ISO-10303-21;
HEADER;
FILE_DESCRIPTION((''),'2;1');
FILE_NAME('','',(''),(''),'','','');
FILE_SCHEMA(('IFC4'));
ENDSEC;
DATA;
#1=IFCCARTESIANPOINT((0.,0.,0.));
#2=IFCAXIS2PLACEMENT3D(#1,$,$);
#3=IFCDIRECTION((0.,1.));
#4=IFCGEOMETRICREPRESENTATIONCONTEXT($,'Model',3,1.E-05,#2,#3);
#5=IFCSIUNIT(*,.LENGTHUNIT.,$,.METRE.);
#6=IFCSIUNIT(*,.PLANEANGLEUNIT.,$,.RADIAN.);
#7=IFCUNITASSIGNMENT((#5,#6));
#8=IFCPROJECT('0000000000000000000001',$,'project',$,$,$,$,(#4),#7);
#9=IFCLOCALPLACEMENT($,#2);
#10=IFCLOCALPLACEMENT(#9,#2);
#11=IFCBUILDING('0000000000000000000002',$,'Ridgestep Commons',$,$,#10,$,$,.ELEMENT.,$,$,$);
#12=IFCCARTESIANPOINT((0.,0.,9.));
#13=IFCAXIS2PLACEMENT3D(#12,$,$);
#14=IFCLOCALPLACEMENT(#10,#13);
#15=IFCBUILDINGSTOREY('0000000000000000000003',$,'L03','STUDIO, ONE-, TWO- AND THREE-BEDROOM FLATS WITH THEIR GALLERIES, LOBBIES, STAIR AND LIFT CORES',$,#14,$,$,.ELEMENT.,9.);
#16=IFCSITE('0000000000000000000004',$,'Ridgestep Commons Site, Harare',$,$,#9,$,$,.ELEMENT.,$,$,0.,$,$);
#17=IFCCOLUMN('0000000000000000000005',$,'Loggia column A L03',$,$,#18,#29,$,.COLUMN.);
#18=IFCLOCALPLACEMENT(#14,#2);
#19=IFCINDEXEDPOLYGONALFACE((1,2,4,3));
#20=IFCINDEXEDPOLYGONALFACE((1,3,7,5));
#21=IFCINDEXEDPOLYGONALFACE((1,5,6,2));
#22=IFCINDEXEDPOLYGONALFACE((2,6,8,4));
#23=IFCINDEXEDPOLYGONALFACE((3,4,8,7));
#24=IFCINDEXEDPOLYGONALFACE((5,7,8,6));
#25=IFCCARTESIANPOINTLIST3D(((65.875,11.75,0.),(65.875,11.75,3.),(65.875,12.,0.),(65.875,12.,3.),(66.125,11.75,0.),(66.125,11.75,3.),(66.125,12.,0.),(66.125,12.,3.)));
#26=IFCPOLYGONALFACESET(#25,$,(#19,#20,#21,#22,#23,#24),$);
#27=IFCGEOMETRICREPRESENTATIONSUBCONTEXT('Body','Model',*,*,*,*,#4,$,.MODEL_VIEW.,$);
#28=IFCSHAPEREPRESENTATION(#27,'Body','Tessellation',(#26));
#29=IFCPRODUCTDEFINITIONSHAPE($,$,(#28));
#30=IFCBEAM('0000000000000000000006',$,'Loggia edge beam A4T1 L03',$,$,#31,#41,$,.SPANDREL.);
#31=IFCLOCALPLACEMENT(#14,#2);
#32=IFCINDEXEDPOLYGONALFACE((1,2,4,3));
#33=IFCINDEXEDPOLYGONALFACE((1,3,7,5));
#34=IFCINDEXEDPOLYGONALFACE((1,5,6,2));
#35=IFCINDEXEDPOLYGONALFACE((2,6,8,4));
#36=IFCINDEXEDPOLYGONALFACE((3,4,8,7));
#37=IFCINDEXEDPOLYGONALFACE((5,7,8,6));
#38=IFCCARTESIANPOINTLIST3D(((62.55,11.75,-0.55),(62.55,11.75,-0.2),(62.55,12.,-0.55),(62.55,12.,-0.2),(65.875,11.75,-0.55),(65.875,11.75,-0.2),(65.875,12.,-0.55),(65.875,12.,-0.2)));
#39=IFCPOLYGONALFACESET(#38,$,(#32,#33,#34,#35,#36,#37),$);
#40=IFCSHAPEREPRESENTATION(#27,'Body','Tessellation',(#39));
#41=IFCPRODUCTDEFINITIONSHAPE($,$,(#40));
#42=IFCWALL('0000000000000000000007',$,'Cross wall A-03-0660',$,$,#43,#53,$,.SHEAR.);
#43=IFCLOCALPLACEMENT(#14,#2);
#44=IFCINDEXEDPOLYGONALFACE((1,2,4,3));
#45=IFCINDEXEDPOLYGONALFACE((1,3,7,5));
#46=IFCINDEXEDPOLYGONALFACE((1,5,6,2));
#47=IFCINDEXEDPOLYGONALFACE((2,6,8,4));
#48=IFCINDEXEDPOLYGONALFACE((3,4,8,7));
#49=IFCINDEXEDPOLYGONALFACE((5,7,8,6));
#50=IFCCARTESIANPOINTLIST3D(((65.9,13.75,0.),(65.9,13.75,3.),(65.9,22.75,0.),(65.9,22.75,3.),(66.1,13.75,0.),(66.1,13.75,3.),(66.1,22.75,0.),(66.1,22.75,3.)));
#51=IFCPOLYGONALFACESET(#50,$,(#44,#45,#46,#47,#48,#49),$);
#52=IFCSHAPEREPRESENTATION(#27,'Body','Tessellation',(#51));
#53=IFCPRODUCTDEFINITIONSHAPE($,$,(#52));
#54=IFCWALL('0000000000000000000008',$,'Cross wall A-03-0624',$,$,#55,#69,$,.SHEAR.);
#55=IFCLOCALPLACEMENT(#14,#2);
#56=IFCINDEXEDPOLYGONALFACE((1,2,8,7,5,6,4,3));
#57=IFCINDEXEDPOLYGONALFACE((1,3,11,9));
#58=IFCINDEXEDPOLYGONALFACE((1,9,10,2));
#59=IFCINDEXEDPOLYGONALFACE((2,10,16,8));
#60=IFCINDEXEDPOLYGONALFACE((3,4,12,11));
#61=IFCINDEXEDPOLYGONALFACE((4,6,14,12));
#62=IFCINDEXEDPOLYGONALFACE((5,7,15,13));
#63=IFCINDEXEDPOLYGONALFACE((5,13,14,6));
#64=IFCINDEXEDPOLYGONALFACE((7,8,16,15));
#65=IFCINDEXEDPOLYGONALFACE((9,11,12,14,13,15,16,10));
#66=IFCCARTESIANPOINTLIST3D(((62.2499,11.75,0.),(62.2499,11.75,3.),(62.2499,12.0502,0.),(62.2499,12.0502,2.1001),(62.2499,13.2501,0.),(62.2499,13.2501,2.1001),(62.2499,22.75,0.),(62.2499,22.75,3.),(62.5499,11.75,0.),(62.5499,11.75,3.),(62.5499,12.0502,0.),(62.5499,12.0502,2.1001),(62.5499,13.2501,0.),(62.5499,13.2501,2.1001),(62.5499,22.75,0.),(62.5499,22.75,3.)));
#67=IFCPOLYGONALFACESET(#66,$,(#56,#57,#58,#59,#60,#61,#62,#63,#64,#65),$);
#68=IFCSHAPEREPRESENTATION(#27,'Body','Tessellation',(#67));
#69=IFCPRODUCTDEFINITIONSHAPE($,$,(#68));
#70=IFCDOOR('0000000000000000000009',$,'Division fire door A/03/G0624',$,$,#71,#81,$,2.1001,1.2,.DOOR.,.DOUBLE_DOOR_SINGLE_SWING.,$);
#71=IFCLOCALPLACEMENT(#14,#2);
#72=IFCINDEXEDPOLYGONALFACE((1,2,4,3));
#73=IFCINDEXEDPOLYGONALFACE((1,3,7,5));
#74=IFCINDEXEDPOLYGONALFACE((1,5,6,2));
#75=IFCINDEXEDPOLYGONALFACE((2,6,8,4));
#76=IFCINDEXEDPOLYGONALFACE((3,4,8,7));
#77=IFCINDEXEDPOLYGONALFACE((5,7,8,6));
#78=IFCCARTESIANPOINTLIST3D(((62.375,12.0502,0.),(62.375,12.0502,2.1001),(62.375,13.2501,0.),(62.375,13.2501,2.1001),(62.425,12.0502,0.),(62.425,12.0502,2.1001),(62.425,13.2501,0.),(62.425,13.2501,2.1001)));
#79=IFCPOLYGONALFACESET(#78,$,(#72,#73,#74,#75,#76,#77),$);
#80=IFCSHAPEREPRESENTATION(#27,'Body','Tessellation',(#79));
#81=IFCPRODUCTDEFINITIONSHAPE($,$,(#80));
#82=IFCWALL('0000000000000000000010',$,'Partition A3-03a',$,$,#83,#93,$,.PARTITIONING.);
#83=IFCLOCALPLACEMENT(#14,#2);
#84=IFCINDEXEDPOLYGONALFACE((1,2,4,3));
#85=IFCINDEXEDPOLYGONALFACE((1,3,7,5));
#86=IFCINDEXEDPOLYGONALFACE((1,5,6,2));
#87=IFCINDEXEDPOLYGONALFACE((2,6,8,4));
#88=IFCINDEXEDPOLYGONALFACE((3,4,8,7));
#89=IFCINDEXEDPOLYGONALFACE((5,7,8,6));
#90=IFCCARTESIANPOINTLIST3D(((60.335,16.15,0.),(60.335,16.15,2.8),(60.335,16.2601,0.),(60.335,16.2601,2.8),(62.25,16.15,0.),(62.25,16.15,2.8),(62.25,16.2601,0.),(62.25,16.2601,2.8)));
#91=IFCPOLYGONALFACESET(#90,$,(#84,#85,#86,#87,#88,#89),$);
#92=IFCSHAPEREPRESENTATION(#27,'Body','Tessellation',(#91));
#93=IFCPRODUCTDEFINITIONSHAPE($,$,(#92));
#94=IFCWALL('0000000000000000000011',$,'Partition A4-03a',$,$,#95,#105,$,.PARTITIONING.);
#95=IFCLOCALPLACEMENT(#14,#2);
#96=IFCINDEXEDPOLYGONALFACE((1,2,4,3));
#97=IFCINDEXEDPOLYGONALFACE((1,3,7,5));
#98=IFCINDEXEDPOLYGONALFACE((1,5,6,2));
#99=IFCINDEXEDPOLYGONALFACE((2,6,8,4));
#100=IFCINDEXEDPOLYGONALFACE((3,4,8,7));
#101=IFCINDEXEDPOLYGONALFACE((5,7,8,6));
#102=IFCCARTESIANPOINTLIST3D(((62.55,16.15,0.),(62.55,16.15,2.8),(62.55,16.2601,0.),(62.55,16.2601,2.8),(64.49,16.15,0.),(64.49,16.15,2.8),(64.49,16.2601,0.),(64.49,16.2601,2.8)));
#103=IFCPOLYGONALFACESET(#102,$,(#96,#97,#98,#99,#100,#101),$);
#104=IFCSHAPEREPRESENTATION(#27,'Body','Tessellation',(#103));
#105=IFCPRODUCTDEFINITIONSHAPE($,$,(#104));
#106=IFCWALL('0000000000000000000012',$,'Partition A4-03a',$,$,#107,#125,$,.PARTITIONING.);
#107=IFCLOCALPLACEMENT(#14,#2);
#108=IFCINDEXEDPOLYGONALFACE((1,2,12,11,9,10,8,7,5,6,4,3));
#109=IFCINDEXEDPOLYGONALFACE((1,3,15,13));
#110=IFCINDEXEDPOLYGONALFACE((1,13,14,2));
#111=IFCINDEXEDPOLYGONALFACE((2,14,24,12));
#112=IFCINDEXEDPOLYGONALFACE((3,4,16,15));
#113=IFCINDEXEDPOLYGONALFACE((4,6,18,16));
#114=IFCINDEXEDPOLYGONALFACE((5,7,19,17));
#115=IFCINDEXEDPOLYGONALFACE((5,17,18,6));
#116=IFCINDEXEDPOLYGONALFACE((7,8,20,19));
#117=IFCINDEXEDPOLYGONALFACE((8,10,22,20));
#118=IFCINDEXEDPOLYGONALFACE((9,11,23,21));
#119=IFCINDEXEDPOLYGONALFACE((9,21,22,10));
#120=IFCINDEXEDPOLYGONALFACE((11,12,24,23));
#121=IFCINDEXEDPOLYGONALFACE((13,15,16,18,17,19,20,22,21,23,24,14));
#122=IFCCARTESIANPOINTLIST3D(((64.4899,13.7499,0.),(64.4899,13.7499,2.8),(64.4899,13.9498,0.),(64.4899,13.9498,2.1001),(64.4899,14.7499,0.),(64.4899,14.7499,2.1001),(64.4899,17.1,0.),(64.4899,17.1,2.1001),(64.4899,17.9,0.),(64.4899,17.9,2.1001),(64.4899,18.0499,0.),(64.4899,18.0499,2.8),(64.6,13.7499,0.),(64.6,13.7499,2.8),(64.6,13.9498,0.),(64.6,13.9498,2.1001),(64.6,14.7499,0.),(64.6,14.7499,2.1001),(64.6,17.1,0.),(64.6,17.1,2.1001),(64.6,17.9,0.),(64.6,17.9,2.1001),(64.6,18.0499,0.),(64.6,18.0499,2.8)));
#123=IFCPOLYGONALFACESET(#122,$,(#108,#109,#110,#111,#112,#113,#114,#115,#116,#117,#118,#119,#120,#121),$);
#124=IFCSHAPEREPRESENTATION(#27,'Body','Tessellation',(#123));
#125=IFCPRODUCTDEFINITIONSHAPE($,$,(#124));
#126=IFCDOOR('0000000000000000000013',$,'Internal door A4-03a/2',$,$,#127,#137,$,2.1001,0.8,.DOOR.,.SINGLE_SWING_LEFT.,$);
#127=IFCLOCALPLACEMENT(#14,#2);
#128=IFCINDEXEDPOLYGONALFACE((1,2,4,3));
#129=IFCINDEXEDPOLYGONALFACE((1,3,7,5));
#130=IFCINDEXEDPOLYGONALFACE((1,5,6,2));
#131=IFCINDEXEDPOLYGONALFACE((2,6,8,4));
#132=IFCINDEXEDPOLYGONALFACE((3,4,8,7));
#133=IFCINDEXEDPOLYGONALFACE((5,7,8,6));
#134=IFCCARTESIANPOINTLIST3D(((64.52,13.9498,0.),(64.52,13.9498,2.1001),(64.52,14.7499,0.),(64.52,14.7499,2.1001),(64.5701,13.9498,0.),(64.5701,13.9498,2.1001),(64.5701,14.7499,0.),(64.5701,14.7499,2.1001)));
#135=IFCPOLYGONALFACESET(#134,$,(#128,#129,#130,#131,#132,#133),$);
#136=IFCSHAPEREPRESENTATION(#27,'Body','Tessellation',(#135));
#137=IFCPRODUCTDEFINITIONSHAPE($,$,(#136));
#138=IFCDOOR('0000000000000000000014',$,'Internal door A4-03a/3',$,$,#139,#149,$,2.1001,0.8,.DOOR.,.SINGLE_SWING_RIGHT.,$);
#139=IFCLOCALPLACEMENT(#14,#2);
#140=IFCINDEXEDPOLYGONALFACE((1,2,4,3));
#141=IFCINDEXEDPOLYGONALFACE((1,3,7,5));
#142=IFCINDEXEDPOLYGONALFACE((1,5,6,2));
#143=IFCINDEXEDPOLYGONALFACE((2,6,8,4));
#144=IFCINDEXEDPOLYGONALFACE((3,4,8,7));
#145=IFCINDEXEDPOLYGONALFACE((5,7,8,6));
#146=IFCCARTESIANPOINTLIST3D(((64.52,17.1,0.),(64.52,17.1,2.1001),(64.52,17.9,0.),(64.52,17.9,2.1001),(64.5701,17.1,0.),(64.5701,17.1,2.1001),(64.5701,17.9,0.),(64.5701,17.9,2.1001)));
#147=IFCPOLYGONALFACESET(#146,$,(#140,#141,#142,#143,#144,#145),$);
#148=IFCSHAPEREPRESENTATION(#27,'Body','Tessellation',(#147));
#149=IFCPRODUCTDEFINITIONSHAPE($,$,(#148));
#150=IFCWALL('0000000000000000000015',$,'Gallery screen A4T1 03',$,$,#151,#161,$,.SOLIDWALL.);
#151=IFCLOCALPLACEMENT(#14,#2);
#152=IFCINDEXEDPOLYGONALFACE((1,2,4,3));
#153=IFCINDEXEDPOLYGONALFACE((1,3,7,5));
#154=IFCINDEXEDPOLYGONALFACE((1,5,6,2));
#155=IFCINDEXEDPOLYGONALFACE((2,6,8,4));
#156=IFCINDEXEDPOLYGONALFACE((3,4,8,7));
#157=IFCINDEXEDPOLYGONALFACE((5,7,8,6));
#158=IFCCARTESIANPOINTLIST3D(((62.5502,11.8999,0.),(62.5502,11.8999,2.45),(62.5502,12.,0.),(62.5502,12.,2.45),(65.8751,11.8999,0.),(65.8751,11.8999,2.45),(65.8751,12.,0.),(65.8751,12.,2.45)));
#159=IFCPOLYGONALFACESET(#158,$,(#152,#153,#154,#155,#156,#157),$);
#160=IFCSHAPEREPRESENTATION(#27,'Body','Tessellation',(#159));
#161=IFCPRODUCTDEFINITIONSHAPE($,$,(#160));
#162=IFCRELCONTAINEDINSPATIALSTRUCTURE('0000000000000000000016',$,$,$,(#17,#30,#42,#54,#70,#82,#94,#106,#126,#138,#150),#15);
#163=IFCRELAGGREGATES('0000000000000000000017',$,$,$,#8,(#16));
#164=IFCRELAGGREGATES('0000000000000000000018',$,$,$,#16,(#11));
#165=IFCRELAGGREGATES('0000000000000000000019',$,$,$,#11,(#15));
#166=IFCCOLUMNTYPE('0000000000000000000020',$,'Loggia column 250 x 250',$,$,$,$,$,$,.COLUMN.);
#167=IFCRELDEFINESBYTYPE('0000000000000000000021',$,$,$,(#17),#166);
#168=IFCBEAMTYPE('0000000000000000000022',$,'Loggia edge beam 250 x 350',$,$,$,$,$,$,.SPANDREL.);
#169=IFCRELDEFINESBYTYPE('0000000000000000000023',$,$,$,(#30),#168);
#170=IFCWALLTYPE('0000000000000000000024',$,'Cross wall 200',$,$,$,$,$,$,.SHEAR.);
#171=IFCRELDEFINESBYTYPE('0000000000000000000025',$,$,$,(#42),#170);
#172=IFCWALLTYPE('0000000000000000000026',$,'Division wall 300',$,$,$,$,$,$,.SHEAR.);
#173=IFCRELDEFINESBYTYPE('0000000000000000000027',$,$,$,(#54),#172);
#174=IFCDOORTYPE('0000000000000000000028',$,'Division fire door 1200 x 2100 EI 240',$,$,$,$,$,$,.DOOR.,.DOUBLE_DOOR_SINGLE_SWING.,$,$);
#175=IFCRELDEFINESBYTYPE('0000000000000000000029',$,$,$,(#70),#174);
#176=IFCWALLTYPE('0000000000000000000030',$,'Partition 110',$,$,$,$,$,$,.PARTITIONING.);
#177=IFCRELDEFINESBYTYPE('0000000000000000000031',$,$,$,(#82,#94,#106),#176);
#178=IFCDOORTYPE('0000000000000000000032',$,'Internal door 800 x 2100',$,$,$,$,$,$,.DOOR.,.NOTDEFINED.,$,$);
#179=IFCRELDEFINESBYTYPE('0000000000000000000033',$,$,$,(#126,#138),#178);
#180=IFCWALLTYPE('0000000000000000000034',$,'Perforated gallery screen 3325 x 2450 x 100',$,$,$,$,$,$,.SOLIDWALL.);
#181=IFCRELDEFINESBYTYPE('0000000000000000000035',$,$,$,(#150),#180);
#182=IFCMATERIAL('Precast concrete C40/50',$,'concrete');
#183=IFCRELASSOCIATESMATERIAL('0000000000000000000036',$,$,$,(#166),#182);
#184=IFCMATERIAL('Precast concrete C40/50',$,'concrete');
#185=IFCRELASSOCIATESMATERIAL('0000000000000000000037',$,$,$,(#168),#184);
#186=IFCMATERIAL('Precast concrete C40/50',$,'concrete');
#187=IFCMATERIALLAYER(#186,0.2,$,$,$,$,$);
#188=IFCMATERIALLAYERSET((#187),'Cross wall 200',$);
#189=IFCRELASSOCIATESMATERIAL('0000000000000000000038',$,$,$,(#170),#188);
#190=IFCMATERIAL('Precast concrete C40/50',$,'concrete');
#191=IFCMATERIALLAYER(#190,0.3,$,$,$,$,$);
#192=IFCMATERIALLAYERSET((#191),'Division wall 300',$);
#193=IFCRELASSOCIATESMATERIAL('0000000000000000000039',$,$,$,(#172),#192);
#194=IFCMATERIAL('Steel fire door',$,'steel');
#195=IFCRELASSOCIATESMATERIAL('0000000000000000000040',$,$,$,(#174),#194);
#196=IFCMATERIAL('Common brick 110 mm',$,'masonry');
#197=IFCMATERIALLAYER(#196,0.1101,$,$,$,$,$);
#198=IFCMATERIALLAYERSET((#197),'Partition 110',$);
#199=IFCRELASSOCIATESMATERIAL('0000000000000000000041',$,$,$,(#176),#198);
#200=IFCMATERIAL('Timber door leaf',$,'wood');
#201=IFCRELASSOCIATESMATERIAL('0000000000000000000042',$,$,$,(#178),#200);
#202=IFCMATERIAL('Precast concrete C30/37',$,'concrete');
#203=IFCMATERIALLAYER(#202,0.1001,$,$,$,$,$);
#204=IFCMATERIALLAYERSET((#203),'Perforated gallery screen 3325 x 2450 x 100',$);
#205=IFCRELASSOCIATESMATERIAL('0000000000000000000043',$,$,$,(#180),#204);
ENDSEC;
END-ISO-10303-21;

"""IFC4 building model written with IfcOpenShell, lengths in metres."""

from ifc_helpers import new_model, si_unit, direction, frame, frame_2d, origin, origin_2d, place, context, subcontext, project, spatial, rectangle, extrude, material, layer, layer_set, material_profile, profile_set, type_object, element, fill, save


model = new_model("IFC4")

# Units and contexts
model_context = context("Model", 3, precision=1e-05, world=origin(), true_north=direction((0.0, 1.0)))
body_context = subcontext(model_context, "Body", "Model", "MODEL_VIEW")
ifc_project = project(units=[si_unit("LENGTHUNIT", "METRE"), si_unit("PLANEANGLEUNIT", "RADIAN")], contexts=[model_context])

# Site, building, storey
site_placement = place(None, origin())
site = spatial("IfcSite", under=ifc_project, at=site_placement, Name="Ridgestep Commons Site, Harare", CompositionType="ELEMENT", RefElevation=0.0)
building_placement = place(site_placement, origin())
building = spatial("IfcBuilding", under=site, at=building_placement, Name="Ridgestep Commons", CompositionType="ELEMENT")
storey_placement = place(building_placement, frame((0.0, 0.0, 9.0)))
storey = spatial("IfcBuildingStorey", under=building, at=storey_placement, Name="L03", Description="STUDIO, ONE-, TWO- AND THREE-BEDROOM FLATS WITH THEIR GALLERIES, LOBBIES, STAIR AND LIFT CORES", CompositionType="ELEMENT", Elevation=9.0)

# Column
ifc_material_1 = material(Name="Precast concrete C40/50", Category="concrete")
ifc_material_profile_1 = material_profile(ifc_material_1, rectangle(XDim=0.25, YDim=0.25, at=origin_2d()), Name="PC 250x250")
ifc_profile_set_1 = profile_set([ifc_material_profile_1], Name="Precast concrete C40/50")
column_type = type_object("IfcColumnType", Name="Loggia column 250 x 250", PredefinedType="COLUMN", material=ifc_profile_set_1)
column_placement = place(storey_placement, frame((66.0, 11.875, 0.0), z_axis=(0.0, 0.0, 1.0), x_axis=(1.0, 0.0, 0.0)))
element("IfcColumn", 1, at=column_placement, inside=storey, type_object=column_type, Name="Loggia column A L03", PredefinedType="COLUMN", context=body_context, shape_type="SweptSolid", body=[
    extrude(rectangle(XDim=0.25, YDim=0.25, at=origin_2d()), origin(), (0.0, 0.0, 1.0), 3.0),
])

# Beam
ifc_material_2 = material(Name="Precast concrete C40/50", Category="concrete")
ifc_material_profile_2 = material_profile(ifc_material_2, rectangle(XDim=0.25, YDim=0.3501, at=origin_2d()), Name="PC 250x350")
ifc_profile_set_2 = profile_set([ifc_material_profile_2], Name="Precast concrete C40/50")
beam_type = type_object("IfcBeamType", Name="Loggia edge beam 250 x 350", PredefinedType="SPANDREL", material=ifc_profile_set_2)
beam_placement = place(storey_placement, frame((62.55, 11.875, -0.375), z_axis=(1.0, 0.0, 0.0), x_axis=(0.0, 1.0, 0.0)))
element("IfcBeam", 2, at=beam_placement, inside=storey, type_object=beam_type, Name="Loggia edge beam A4T1 L03", PredefinedType="SPANDREL", context=body_context, shape_type="SweptSolid", body=[
    extrude(rectangle(XDim=0.25, YDim=0.3501, at=origin_2d()), origin(), (0.0, 0.0, 1.0), 3.325),
])

# Wall
ifc_material_3 = material(Name="Precast concrete C40/50", Category="concrete")
ifc_layer_1 = layer(ifc_material_3, 0.2)
ifc_layer_set_1 = layer_set([ifc_layer_1], Name="Cross wall 200")
wall_type_1 = type_object("IfcWallType", Name="Cross wall 200", PredefinedType="SHEAR", material=ifc_layer_set_1)
wall_1_placement = place(storey_placement, frame((66.0, 13.75, 0.0), z_axis=(0.0, 0.0, 1.0), x_axis=(0.0, 1.0, 0.0)))
element("IfcWall", 3, at=wall_1_placement, inside=storey, type_object=wall_type_1, Name="Cross wall A-03-0660", PredefinedType="SHEAR", context=body_context, shape_type="SweptSolid", body=[
    extrude(rectangle(XDim=9.0, YDim=0.2, at=frame_2d((4.5, 0.0))), origin(), (0.0, 0.0, 1.0), 3.0),
])

# Wall, opening, door
ifc_material_4 = material(Name="Precast concrete C40/50", Category="concrete")
ifc_layer_2 = layer(ifc_material_4, 0.3)
ifc_layer_set_2 = layer_set([ifc_layer_2], Name="Division wall 300")
wall_type_2 = type_object("IfcWallType", Name="Division wall 300", PredefinedType="SHEAR", material=ifc_layer_set_2)
wall_2_placement = place(storey_placement, frame((62.3999, 11.75, 0.0), z_axis=(0.0, 0.0, 1.0), x_axis=(0.0, 1.0, 0.0)))
wall_2 = element("IfcWall", 4, at=wall_2_placement, inside=storey, type_object=wall_type_2, Name="Cross wall A-03-0624", PredefinedType="SHEAR", context=body_context, shape_type="SweptSolid", body=[
    extrude(rectangle(XDim=11.0, YDim=0.3, at=frame_2d((5.5, 0.0))), origin(), (0.0, 0.0, 1.0), 3.0),
])
opening_1_placement = place(wall_2_placement, frame((0.3, 0.0, 0.0)))
opening_1 = element("IfcOpeningElement", 5, at=opening_1_placement, cuts=wall_2, PredefinedType="OPENING", context=body_context, shape_type="SweptSolid", body=[
    extrude(rectangle(XDim=1.2, YDim=2.1001, at=frame_2d((0.6001, 1.05))), frame((0.0, 0.1599, 0.0), z_axis=(0.0, -1.0, 0.0), x_axis=(1.0, 0.0, 0.0)), (0.0, 0.0, 1.0), 0.3201),
])
ifc_material_5 = material(Name="Steel fire door", Category="steel")
door_type_1 = type_object("IfcDoorType", Name="Division fire door 1200 x 2100 EI 240", OperationType="DOUBLE_DOOR_SINGLE_SWING", PredefinedType="DOOR", material=ifc_material_5)
door_1_placement = place(opening_1_placement, origin())
door_1 = element("IfcDoor", 6, at=door_1_placement, inside=storey, type_object=door_type_1, Name="Division fire door A/03/G0624", OperationType="DOUBLE_DOOR_SINGLE_SWING", OverallHeight=2.1001, OverallWidth=1.2, PredefinedType="DOOR", context=body_context, shape_type="SweptSolid", body=[
    extrude(rectangle(XDim=1.2, YDim=2.1001, at=frame_2d((0.6001, 1.05))), frame((0.0, 0.0249, 0.0), z_axis=(0.0, -1.0, 0.0), x_axis=(1.0, 0.0, 0.0)), (0.0, 0.0, 1.0), 0.05),
])
fill(opening_1, door_1)

# Walls
ifc_material_6 = material(Name="Common brick 110 mm", Category="masonry")
ifc_layer_3 = layer(ifc_material_6, 0.1101)
ifc_layer_set_3 = layer_set([ifc_layer_3], Name="Partition 110")
wall_type_3 = type_object("IfcWallType", Name="Partition 110", PredefinedType="PARTITIONING", material=ifc_layer_set_3)
wall_3_placement = place(storey_placement, frame((60.335, 16.2051, 0.0), z_axis=(0.0, 0.0, 1.0), x_axis=(1.0, 0.0, 0.0)))
element("IfcWall", 7, at=wall_3_placement, inside=storey, type_object=wall_type_3, Name="Partition A3-03a", PredefinedType="PARTITIONING", context=body_context, shape_type="SweptSolid", body=[
    extrude(rectangle(XDim=1.915, YDim=0.1101, at=frame_2d((0.9575, 0.0))), origin(), (0.0, 0.0, 1.0), 2.8),
])
wall_4_placement = place(storey_placement, frame((62.55, 16.2051, 0.0), z_axis=(0.0, 0.0, 1.0), x_axis=(1.0, 0.0, 0.0)))
element("IfcWall", 8, at=wall_4_placement, inside=storey, type_object=wall_type_3, Name="Partition A4-03a", PredefinedType="PARTITIONING", context=body_context, shape_type="SweptSolid", body=[
    extrude(rectangle(XDim=1.9399, YDim=0.1101, at=frame_2d((0.97, 0.0))), origin(), (0.0, 0.0, 1.0), 2.8),
])

# Wall, openings, doors
wall_5_placement = place(storey_placement, frame((64.5449, 13.75, 0.0), z_axis=(0.0, 0.0, 1.0), x_axis=(0.0, 1.0, 0.0)))
wall_5 = element("IfcWall", 9, at=wall_5_placement, inside=storey, type_object=wall_type_3, Name="Partition A4-03a", PredefinedType="PARTITIONING", context=body_context, shape_type="SweptSolid", body=[
    extrude(rectangle(XDim=4.3, YDim=0.1101, at=frame_2d((2.1499, 0.0))), origin(), (0.0, 0.0, 1.0), 2.8),
])
opening_2_placement = place(wall_5_placement, frame((0.2, 0.0, 0.0)))
opening_2 = element("IfcOpeningElement", 10, at=opening_2_placement, cuts=wall_5, PredefinedType="OPENING", context=body_context, shape_type="SweptSolid", body=[
    extrude(rectangle(XDim=0.8, YDim=2.1001, at=frame_2d((0.3999, 1.05))), frame((0.0, 0.0649, 0.0), z_axis=(0.0, -1.0, 0.0), x_axis=(1.0, 0.0, 0.0)), (0.0, 0.0, 1.0), 0.1301),
])
opening_3_placement = place(wall_5_placement, frame((3.3501, 0.0, 0.0)))
opening_3 = element("IfcOpeningElement", 11, at=opening_3_placement, cuts=wall_5, PredefinedType="OPENING", context=body_context, shape_type="SweptSolid", body=[
    extrude(rectangle(XDim=0.8, YDim=2.1001, at=frame_2d((0.3999, 1.05))), frame((0.0, 0.0649, 0.0), z_axis=(0.0, -1.0, 0.0), x_axis=(1.0, 0.0, 0.0)), (0.0, 0.0, 1.0), 0.1301),
])
ifc_material_7 = material(Name="Timber door leaf", Category="wood")
door_type_2 = type_object("IfcDoorType", Name="Internal door 800 x 2100", OperationType="NOTDEFINED", PredefinedType="DOOR", material=ifc_material_7)
door_2_placement = place(opening_2_placement, origin())
door_2 = element("IfcDoor", 12, at=door_2_placement, inside=storey, type_object=door_type_2, Name="Internal door A4-03a/2", OperationType="SINGLE_SWING_LEFT", OverallHeight=2.1001, OverallWidth=0.8, PredefinedType="DOOR", context=body_context, shape_type="SweptSolid", body=[
    extrude(rectangle(XDim=0.8, YDim=2.1001, at=frame_2d((0.3999, 1.05))), frame((0.0, 0.0249, 0.0), z_axis=(0.0, -1.0, 0.0), x_axis=(1.0, 0.0, 0.0)), (0.0, 0.0, 1.0), 0.05),
])
fill(opening_2, door_2)
door_3_placement = place(opening_3_placement, origin())
door_3 = element("IfcDoor", 13, at=door_3_placement, inside=storey, type_object=door_type_2, Name="Internal door A4-03a/3", OperationType="SINGLE_SWING_RIGHT", OverallHeight=2.1001, OverallWidth=0.8, PredefinedType="DOOR", context=body_context, shape_type="SweptSolid", body=[
    extrude(rectangle(XDim=0.8, YDim=2.1001, at=frame_2d((0.3999, 1.05))), frame((0.0, 0.0249, 0.0), z_axis=(0.0, -1.0, 0.0), x_axis=(1.0, 0.0, 0.0)), (0.0, 0.0, 1.0), 0.05),
])
fill(opening_3, door_3)

# Wall
ifc_material_8 = material(Name="Precast concrete C30/37", Category="concrete")
ifc_layer_4 = layer(ifc_material_8, 0.1001)
ifc_layer_set_4 = layer_set([ifc_layer_4], Name="Perforated gallery screen 3325 x 2450 x 100")
wall_type_4 = type_object("IfcWallType", Name="Perforated gallery screen 3325 x 2450 x 100", PredefinedType="SOLIDWALL", material=ifc_layer_set_4)
wall_6_placement = place(storey_placement, frame((62.55, 11.95, 0.0), z_axis=(0.0, 0.0, 1.0), x_axis=(1.0, 0.0, 0.0)))
element("IfcWall", 14, at=wall_6_placement, inside=storey, type_object=wall_type_4, Name="Gallery screen A4T1 03", PredefinedType="SOLIDWALL", context=body_context, shape_type="SweptSolid", body=[
    extrude(rectangle(XDim=3.325, YDim=0.1001, at=frame_2d((1.6626, 0.0))), origin(), (0.0, 0.0, 1.0), 2.45),
])

save(model, "model.ifc")
